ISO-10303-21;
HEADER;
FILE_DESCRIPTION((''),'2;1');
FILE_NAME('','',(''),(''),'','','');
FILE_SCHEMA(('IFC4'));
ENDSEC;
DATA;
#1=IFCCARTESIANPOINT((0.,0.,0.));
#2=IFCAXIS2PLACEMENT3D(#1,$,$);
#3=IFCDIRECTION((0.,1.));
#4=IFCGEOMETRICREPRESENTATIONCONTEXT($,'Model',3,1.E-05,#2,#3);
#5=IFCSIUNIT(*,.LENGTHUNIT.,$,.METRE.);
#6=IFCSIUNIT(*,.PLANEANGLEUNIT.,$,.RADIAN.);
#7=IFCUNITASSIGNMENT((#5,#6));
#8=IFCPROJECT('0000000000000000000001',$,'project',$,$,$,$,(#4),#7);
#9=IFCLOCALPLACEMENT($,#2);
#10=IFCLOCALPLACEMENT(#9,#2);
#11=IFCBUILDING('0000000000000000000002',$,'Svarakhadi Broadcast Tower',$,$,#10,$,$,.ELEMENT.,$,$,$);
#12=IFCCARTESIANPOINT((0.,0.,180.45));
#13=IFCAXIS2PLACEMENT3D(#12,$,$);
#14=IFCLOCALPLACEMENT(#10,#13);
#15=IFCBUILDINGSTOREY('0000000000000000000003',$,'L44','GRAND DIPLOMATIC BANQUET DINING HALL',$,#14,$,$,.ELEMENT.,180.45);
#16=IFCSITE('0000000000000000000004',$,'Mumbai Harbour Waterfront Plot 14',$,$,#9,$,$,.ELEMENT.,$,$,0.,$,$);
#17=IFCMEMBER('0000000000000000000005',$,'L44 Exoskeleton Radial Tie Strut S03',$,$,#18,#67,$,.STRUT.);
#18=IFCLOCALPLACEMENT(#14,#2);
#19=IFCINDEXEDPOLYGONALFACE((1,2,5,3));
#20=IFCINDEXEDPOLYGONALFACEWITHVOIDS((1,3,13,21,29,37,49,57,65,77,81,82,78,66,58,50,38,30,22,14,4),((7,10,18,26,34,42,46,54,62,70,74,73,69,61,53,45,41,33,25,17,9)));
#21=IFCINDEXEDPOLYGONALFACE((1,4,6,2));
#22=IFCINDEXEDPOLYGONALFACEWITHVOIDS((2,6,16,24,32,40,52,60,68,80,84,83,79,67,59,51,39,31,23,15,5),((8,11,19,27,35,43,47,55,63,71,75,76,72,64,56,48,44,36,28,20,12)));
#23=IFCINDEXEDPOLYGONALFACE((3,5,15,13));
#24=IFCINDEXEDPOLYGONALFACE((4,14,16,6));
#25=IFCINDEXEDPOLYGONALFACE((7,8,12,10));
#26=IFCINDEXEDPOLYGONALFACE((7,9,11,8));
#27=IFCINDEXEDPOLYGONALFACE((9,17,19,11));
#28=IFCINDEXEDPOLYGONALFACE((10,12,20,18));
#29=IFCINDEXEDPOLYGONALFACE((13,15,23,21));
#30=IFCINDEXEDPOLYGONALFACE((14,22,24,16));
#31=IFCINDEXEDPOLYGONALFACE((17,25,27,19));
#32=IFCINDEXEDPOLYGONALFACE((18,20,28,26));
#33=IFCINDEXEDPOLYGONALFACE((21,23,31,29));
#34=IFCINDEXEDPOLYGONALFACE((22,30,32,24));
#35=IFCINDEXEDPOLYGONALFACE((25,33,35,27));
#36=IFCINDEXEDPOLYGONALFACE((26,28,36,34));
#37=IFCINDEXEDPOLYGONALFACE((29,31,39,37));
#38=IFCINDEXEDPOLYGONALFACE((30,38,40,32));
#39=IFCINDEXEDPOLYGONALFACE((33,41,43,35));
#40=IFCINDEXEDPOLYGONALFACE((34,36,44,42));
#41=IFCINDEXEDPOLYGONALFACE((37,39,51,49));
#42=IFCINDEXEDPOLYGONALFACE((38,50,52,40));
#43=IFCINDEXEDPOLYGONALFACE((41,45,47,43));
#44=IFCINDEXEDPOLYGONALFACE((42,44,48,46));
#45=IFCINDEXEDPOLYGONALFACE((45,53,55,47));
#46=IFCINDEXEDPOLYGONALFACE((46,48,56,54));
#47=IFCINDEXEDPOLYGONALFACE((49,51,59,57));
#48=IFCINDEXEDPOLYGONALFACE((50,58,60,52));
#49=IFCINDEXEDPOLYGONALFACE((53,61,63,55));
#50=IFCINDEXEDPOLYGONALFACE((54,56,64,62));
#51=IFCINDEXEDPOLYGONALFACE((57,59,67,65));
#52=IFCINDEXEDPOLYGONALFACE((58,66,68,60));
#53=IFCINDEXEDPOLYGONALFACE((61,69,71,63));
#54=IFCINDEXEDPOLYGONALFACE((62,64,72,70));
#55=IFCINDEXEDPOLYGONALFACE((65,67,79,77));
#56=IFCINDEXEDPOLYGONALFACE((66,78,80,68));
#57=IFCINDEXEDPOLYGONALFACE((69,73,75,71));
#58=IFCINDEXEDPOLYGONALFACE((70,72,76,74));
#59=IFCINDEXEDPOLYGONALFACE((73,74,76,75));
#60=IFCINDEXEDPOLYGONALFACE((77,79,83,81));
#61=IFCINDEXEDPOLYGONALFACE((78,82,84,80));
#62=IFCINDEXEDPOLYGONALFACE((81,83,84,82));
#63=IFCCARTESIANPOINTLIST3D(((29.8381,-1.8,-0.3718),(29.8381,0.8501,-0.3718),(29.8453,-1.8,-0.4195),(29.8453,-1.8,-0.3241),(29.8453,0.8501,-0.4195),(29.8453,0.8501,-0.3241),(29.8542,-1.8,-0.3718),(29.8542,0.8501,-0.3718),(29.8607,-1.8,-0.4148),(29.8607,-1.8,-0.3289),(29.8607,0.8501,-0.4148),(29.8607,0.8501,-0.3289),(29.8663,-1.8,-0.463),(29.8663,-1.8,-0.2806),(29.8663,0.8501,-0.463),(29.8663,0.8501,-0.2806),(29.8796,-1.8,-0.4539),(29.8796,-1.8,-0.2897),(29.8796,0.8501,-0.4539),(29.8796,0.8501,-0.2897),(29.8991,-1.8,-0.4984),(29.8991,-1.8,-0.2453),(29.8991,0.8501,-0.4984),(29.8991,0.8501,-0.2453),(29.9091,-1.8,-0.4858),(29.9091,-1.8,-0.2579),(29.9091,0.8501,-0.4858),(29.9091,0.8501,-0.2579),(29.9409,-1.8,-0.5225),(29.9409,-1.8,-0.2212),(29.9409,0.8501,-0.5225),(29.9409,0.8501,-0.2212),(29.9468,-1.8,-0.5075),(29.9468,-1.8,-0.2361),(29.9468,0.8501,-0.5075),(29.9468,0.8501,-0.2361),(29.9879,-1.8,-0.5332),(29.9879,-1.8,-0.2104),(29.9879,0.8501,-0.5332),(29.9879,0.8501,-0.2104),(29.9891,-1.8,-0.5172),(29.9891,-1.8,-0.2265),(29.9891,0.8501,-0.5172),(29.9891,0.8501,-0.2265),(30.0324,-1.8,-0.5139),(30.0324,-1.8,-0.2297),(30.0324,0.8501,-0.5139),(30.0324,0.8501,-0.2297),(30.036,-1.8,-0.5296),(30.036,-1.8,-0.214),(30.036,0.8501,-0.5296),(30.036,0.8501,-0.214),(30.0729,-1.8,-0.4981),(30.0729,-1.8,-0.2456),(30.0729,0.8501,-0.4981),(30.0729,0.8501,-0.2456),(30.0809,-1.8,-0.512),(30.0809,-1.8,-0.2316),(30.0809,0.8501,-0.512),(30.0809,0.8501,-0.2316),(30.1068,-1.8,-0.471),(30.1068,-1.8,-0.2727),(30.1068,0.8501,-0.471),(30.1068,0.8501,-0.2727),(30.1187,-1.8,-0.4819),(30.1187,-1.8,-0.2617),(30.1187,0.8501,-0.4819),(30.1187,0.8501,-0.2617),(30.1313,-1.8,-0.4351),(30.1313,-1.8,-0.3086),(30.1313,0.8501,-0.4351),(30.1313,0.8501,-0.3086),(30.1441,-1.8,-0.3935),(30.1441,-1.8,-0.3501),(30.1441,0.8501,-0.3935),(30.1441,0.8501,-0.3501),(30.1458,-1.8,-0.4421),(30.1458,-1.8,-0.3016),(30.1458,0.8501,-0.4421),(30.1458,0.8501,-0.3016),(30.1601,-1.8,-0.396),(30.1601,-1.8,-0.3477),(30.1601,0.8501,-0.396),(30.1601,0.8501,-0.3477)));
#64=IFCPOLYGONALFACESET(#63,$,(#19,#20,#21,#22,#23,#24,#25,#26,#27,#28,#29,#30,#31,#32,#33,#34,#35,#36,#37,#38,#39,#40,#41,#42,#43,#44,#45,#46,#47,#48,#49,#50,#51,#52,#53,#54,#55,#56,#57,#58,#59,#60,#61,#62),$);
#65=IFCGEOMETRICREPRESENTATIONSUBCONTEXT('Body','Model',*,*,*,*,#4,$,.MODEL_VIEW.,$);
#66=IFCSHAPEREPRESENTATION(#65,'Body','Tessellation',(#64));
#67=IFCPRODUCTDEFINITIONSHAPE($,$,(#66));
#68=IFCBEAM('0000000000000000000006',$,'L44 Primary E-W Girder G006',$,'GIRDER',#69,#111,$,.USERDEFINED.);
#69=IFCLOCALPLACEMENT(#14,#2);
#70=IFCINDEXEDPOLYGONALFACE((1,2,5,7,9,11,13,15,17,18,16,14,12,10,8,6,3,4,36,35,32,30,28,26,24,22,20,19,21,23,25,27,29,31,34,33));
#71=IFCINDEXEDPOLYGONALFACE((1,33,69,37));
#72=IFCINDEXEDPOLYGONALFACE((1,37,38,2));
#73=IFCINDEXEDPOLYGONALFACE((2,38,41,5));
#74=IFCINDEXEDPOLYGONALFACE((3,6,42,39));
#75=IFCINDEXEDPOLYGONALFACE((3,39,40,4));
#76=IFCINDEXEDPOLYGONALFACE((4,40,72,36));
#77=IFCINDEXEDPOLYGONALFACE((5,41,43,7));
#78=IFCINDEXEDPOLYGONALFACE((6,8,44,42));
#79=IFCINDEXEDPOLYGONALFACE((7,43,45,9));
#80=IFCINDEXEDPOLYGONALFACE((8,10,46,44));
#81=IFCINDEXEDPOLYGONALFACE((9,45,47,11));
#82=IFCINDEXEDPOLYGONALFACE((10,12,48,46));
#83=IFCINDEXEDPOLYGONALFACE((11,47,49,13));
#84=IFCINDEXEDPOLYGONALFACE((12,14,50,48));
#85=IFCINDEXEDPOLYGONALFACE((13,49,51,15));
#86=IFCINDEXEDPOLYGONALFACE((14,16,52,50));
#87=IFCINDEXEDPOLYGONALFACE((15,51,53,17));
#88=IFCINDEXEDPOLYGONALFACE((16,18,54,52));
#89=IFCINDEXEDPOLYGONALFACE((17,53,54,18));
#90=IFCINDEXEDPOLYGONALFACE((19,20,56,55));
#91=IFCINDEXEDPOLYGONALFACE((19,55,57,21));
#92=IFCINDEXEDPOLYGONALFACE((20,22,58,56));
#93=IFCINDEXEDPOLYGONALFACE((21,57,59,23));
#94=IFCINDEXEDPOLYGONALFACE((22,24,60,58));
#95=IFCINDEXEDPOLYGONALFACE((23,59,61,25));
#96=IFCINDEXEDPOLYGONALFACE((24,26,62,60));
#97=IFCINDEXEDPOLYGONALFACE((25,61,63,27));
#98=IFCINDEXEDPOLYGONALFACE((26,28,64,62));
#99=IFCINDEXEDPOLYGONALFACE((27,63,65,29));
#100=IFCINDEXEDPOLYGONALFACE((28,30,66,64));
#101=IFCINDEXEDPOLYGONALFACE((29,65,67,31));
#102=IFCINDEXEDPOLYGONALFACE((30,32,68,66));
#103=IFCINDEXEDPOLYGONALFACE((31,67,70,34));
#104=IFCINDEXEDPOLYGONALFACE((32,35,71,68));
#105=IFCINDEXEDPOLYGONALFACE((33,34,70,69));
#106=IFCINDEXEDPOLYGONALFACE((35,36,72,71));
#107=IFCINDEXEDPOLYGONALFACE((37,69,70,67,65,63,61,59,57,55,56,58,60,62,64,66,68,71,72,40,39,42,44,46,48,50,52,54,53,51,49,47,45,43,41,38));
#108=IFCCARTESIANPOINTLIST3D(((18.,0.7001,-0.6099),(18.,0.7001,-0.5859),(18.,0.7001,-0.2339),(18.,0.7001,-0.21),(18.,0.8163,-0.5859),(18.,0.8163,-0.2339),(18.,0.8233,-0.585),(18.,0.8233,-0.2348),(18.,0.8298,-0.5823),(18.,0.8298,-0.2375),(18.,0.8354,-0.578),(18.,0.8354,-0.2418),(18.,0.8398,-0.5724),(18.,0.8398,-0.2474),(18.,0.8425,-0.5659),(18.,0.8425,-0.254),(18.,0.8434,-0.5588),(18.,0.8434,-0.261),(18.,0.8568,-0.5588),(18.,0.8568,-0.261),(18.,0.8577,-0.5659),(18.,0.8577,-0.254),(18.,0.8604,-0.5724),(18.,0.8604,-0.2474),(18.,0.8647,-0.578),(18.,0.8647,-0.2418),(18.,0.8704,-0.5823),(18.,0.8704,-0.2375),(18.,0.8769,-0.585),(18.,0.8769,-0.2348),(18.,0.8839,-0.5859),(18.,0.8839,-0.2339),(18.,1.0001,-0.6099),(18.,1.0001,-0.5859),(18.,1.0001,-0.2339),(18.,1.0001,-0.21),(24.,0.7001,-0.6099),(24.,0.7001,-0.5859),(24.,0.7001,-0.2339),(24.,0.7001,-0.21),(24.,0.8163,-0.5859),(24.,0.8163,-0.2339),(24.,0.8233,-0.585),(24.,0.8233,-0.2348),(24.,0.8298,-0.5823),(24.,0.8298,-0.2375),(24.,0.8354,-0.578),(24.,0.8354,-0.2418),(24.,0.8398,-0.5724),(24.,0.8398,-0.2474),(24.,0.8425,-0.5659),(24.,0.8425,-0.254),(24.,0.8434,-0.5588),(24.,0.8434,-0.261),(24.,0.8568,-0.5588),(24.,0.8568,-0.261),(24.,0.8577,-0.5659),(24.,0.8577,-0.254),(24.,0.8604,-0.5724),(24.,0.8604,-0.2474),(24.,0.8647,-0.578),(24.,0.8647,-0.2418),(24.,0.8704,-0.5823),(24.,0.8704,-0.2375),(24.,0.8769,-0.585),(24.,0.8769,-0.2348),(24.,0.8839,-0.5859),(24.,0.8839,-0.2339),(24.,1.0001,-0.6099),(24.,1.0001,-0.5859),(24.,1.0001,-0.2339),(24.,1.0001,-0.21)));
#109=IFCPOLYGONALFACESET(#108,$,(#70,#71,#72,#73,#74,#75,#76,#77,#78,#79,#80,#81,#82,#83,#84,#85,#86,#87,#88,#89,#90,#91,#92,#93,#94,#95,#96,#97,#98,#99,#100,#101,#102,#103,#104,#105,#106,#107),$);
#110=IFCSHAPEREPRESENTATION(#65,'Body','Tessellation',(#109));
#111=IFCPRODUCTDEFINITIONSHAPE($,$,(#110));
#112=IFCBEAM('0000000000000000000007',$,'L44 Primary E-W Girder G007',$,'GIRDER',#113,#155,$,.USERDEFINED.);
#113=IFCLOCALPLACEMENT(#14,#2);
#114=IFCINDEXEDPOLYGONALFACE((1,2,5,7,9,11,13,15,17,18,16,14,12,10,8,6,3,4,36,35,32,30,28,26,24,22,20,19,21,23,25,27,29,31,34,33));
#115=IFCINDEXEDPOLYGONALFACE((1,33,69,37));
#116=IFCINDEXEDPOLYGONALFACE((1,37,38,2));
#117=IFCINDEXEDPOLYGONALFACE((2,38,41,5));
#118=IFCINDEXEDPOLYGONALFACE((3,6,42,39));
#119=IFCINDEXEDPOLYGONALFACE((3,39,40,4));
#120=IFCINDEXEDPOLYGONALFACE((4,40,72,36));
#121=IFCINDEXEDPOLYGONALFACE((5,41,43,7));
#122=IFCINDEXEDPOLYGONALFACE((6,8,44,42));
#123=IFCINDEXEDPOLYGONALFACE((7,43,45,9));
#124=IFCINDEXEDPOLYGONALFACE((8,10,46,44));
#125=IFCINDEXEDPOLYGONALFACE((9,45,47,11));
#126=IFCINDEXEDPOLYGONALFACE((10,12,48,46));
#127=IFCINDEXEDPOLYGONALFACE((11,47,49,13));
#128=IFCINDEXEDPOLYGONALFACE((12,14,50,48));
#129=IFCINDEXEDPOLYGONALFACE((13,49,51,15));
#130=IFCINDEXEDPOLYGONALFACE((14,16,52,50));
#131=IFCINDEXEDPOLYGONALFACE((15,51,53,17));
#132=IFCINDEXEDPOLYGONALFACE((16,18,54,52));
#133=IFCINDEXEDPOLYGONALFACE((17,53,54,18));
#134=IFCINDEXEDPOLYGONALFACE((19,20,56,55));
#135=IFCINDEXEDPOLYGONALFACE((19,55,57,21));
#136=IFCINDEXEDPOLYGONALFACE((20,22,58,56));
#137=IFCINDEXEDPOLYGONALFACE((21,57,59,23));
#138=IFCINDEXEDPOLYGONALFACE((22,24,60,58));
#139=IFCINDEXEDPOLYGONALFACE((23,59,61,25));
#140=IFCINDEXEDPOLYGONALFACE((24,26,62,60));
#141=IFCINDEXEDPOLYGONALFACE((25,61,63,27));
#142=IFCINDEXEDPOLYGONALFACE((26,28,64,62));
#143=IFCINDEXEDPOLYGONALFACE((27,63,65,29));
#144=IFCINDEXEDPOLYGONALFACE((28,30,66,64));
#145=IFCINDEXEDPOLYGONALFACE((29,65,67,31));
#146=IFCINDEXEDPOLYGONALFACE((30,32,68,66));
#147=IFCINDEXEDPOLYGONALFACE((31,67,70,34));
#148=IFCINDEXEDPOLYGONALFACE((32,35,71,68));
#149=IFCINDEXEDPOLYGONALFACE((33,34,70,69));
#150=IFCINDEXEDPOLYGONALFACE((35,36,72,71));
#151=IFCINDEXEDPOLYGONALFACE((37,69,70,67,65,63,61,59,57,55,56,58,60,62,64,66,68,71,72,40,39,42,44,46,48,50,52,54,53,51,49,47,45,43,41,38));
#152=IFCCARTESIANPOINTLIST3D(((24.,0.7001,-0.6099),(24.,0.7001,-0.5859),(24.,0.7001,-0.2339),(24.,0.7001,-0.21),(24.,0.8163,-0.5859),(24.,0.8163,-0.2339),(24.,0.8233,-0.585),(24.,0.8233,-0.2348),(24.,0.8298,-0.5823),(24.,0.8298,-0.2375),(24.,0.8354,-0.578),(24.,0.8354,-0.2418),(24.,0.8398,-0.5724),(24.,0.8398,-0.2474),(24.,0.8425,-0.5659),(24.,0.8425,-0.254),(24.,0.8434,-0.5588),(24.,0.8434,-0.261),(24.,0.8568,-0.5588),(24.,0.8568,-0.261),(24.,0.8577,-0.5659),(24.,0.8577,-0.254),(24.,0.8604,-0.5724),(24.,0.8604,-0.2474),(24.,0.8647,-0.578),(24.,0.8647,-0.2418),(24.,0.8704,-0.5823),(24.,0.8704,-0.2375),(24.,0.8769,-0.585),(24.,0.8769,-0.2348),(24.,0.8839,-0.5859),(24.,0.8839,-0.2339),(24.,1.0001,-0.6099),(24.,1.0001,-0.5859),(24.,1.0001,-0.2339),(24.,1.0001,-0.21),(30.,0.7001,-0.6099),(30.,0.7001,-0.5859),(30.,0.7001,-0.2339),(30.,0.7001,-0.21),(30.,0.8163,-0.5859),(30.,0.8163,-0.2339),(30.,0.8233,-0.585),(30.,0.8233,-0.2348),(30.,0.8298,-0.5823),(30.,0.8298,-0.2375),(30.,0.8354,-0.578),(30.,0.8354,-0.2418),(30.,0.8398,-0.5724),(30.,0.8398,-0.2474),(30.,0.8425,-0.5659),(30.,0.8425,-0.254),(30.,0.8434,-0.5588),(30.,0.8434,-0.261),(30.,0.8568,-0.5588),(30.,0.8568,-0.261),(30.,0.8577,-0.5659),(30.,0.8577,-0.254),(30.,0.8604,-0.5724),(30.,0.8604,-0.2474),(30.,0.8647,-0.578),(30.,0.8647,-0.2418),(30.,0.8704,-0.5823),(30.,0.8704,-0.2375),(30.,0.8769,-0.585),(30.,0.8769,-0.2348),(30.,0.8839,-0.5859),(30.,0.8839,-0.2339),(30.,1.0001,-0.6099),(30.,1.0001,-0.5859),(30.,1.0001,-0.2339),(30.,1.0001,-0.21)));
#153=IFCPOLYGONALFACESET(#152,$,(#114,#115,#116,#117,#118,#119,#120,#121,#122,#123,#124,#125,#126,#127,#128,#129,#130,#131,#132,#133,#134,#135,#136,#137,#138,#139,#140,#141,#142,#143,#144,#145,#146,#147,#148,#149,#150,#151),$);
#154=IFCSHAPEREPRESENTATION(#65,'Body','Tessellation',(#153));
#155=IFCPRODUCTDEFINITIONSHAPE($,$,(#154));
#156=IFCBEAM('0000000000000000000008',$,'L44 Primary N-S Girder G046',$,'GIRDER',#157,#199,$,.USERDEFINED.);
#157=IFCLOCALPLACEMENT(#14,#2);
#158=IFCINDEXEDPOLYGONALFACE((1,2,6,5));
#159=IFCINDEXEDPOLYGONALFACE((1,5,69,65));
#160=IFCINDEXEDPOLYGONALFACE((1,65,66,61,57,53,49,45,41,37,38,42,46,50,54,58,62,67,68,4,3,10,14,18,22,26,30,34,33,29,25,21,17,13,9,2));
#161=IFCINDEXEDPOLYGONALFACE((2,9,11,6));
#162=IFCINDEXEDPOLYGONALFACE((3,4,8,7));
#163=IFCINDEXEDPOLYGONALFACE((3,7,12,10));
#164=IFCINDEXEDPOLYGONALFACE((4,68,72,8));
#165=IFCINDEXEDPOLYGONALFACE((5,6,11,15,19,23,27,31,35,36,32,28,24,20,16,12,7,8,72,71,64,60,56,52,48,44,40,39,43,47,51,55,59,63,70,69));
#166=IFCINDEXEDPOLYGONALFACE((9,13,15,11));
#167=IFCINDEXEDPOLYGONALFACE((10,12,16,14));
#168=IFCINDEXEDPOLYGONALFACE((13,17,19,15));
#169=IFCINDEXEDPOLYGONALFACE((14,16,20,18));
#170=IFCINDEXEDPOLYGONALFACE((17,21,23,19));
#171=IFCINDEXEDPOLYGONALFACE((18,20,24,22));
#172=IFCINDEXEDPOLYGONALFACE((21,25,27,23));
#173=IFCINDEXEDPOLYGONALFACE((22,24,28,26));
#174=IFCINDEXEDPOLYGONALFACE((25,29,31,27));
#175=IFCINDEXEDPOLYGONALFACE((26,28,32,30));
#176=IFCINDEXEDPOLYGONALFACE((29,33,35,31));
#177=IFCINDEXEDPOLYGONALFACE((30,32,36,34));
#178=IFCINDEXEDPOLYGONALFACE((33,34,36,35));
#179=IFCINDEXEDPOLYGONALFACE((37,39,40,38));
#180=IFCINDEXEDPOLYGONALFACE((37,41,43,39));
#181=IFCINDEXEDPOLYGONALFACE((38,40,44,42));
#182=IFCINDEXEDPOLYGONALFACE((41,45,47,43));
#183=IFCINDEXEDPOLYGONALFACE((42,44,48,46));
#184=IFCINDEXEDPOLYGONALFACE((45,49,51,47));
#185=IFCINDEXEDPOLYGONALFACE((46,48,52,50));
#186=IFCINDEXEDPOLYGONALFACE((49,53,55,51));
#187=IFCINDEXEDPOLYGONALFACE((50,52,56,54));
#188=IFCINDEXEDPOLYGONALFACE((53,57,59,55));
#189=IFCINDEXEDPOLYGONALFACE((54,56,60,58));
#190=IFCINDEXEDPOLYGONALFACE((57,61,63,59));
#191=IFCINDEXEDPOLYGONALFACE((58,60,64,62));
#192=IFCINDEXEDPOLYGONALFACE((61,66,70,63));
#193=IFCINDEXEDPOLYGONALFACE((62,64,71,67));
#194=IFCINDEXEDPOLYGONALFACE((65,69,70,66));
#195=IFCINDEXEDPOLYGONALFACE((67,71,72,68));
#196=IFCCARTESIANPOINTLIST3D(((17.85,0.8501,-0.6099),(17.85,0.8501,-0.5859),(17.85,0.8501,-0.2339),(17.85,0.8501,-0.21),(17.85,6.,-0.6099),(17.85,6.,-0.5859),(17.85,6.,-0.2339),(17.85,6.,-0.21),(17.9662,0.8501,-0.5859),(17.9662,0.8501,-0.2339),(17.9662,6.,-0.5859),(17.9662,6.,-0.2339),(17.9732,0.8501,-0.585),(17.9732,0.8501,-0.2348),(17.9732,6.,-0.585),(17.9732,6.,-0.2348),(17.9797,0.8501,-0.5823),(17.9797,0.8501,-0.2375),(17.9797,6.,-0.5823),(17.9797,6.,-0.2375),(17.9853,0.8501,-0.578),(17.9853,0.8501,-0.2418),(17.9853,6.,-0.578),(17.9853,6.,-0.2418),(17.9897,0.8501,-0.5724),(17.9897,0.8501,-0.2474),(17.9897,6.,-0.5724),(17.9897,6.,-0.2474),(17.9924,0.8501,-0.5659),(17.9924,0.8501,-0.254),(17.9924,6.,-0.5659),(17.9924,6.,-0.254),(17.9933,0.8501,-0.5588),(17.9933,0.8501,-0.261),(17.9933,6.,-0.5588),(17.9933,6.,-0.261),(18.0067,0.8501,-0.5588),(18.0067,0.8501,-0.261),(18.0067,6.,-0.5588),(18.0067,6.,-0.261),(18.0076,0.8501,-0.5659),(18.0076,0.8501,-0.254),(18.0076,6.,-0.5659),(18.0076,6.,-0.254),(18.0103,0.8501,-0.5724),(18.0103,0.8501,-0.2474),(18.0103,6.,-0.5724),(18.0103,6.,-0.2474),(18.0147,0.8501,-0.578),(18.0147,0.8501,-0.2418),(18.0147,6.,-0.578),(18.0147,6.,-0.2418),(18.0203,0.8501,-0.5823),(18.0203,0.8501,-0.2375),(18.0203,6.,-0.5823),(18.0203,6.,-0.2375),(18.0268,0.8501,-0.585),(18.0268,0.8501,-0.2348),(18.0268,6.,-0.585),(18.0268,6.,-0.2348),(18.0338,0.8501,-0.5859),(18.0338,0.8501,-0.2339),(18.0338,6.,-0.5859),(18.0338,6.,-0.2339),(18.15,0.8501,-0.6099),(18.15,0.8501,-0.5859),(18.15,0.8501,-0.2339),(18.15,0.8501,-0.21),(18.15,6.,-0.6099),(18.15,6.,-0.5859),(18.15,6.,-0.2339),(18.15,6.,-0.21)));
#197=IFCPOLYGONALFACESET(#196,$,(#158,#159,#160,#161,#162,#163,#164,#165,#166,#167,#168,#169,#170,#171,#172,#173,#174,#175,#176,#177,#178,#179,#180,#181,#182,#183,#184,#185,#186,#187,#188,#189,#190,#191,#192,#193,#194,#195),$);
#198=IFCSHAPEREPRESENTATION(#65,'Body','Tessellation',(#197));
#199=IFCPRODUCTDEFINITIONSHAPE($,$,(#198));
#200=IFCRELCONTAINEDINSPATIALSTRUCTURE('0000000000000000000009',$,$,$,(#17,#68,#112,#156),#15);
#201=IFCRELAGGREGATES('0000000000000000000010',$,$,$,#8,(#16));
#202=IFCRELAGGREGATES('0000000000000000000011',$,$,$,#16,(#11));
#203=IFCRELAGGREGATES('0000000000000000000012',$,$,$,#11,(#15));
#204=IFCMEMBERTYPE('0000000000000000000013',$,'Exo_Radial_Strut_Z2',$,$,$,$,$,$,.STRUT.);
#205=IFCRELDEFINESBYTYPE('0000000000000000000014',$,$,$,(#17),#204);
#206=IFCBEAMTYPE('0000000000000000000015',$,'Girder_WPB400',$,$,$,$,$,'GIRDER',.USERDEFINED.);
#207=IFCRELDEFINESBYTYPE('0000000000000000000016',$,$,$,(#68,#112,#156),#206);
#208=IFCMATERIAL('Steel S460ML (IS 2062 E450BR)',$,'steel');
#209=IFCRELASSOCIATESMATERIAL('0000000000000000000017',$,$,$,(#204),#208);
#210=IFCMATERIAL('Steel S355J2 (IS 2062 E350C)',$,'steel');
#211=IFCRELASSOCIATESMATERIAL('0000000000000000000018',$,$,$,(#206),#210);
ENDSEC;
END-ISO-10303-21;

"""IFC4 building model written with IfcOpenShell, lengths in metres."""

from ifc_helpers import new_model, si_unit, direction, frame, origin, origin_2d, place, context, subcontext, project, spatial, hollow_circle, i_section, extrude, material, material_profile, profile_set, type_object, element, save


model = new_model("IFC4")

# Units and contexts
model_context = context("Model", 3, precision=1e-05, world=origin(), true_north=direction((0.0, 1.0)))
body_context = subcontext(model_context, "Body", "Model", "MODEL_VIEW")
ifc_project = project(units=[si_unit("LENGTHUNIT", "METRE"), si_unit("PLANEANGLEUNIT", "RADIAN")], contexts=[model_context])

# Site, building, storey
site_placement = place(None, origin())
site = spatial("IfcSite", under=ifc_project, at=site_placement, Name="Mumbai Harbour Waterfront Plot 14", CompositionType="ELEMENT", RefElevation=0.0)
building_placement = place(site_placement, origin())
building = spatial("IfcBuilding", under=site, at=building_placement, Name="Svarakhadi Broadcast Tower", CompositionType="ELEMENT")
storey_placement = place(building_placement, frame((0.0, 0.0, 180.45)))
storey = spatial("IfcBuildingStorey", under=building, at=storey_placement, Name="L44", Description="GRAND DIPLOMATIC BANQUET DINING HALL", CompositionType="ELEMENT", Elevation=180.45)

# Member
ifc_material_1 = material(Name="Steel S460ML (IS 2062 E450BR)", Category="steel")
ifc_material_profile_1 = material_profile(ifc_material_1, hollow_circle(Radius=0.1619, WallThickness=0.0161, at=origin_2d()), Name="CHS 323.9x16")
ifc_profile_set_1 = profile_set([ifc_material_profile_1], Name="Steel S460ML (IS 2062 E450BR)")
member_type_1 = type_object("IfcMemberType", Name="Exo_Radial_Strut_Z2", PredefinedType="STRUT", material=ifc_profile_set_1)
for number, where, z_axis, x_axis, name in (
    (1, (30.0, -1.8, -0.3718), (0.0, 1.0, 0.0), (-1.0, 0.0, 0.0), "L44 Exoskeleton Radial Tie Strut S03"),
):
    element("IfcMember", number, at=place(storey_placement, frame(where, z_axis=z_axis, x_axis=x_axis)), inside=storey, type_object=member_type_1, Name=name, PredefinedType="STRUT", context=body_context, shape_type="SweptSolid", body=[
        extrude(hollow_circle(Radius=0.1619, WallThickness=0.0161, at=origin_2d()), origin(), (0.0, 0.0, 1.0), 2.6501),
    ])

# Beams
ifc_material_2 = material(Name="Steel S355J2 (IS 2062 E350C)", Category="steel")
ifc_material_profile_2 = material_profile(ifc_material_2, i_section(OverallWidth=0.3, OverallDepth=0.3999, WebThickness=0.0134, FlangeThickness=0.0239, FilletRadius=0.0271, at=origin_2d()), Name="WPB 400x300x155")
ifc_profile_set_2 = profile_set([ifc_material_profile_2], Name="Steel S355J2 (IS 2062 E350C)")
beam_type_1 = type_object("IfcBeamType", Name="Girder_WPB400", ElementType="GIRDER", PredefinedType="USERDEFINED", material=ifc_profile_set_2)
for number, where, z_axis, x_axis, name in (
    (2, (18.0, 0.8501, -0.4099), (1.0, 0.0, 0.0), (0.0, 1.0, 0.0), "L44 Primary E-W Girder G006"),
    (3, (24.0, 0.8501, -0.4099), (1.0, 0.0, 0.0), (0.0, 1.0, 0.0), "L44 Primary E-W Girder G007"),
):
    element("IfcBeam", number, at=place(storey_placement, frame(where, z_axis=z_axis, x_axis=x_axis)), inside=storey, type_object=beam_type_1, Name=name, ObjectType="GIRDER", PredefinedType="USERDEFINED", context=body_context, shape_type="SweptSolid", body=[
        extrude(i_section(OverallWidth=0.3, OverallDepth=0.3999, WebThickness=0.0134, FlangeThickness=0.0239, FilletRadius=0.0271, at=origin_2d()), origin(), (0.0, 0.0, 1.0), 6.0),
    ])
for number, where, z_axis, x_axis, name in (
    (4, (18.0, 0.8501, -0.4099), (0.0, 1.0, 0.0), (-1.0, 0.0, 0.0), "L44 Primary N-S Girder G046"),
):
    element("IfcBeam", number, at=place(storey_placement, frame(where, z_axis=z_axis, x_axis=x_axis)), inside=storey, type_object=beam_type_1, Name=name, ObjectType="GIRDER", PredefinedType="USERDEFINED", context=body_context, shape_type="SweptSolid", body=[
        extrude(i_section(OverallWidth=0.3, OverallDepth=0.3999, WebThickness=0.0134, FlangeThickness=0.0239, FilletRadius=0.0271, at=origin_2d()), origin(), (0.0, 0.0, 1.0), 5.1499),
    ])

save(model, "model.ifc")
